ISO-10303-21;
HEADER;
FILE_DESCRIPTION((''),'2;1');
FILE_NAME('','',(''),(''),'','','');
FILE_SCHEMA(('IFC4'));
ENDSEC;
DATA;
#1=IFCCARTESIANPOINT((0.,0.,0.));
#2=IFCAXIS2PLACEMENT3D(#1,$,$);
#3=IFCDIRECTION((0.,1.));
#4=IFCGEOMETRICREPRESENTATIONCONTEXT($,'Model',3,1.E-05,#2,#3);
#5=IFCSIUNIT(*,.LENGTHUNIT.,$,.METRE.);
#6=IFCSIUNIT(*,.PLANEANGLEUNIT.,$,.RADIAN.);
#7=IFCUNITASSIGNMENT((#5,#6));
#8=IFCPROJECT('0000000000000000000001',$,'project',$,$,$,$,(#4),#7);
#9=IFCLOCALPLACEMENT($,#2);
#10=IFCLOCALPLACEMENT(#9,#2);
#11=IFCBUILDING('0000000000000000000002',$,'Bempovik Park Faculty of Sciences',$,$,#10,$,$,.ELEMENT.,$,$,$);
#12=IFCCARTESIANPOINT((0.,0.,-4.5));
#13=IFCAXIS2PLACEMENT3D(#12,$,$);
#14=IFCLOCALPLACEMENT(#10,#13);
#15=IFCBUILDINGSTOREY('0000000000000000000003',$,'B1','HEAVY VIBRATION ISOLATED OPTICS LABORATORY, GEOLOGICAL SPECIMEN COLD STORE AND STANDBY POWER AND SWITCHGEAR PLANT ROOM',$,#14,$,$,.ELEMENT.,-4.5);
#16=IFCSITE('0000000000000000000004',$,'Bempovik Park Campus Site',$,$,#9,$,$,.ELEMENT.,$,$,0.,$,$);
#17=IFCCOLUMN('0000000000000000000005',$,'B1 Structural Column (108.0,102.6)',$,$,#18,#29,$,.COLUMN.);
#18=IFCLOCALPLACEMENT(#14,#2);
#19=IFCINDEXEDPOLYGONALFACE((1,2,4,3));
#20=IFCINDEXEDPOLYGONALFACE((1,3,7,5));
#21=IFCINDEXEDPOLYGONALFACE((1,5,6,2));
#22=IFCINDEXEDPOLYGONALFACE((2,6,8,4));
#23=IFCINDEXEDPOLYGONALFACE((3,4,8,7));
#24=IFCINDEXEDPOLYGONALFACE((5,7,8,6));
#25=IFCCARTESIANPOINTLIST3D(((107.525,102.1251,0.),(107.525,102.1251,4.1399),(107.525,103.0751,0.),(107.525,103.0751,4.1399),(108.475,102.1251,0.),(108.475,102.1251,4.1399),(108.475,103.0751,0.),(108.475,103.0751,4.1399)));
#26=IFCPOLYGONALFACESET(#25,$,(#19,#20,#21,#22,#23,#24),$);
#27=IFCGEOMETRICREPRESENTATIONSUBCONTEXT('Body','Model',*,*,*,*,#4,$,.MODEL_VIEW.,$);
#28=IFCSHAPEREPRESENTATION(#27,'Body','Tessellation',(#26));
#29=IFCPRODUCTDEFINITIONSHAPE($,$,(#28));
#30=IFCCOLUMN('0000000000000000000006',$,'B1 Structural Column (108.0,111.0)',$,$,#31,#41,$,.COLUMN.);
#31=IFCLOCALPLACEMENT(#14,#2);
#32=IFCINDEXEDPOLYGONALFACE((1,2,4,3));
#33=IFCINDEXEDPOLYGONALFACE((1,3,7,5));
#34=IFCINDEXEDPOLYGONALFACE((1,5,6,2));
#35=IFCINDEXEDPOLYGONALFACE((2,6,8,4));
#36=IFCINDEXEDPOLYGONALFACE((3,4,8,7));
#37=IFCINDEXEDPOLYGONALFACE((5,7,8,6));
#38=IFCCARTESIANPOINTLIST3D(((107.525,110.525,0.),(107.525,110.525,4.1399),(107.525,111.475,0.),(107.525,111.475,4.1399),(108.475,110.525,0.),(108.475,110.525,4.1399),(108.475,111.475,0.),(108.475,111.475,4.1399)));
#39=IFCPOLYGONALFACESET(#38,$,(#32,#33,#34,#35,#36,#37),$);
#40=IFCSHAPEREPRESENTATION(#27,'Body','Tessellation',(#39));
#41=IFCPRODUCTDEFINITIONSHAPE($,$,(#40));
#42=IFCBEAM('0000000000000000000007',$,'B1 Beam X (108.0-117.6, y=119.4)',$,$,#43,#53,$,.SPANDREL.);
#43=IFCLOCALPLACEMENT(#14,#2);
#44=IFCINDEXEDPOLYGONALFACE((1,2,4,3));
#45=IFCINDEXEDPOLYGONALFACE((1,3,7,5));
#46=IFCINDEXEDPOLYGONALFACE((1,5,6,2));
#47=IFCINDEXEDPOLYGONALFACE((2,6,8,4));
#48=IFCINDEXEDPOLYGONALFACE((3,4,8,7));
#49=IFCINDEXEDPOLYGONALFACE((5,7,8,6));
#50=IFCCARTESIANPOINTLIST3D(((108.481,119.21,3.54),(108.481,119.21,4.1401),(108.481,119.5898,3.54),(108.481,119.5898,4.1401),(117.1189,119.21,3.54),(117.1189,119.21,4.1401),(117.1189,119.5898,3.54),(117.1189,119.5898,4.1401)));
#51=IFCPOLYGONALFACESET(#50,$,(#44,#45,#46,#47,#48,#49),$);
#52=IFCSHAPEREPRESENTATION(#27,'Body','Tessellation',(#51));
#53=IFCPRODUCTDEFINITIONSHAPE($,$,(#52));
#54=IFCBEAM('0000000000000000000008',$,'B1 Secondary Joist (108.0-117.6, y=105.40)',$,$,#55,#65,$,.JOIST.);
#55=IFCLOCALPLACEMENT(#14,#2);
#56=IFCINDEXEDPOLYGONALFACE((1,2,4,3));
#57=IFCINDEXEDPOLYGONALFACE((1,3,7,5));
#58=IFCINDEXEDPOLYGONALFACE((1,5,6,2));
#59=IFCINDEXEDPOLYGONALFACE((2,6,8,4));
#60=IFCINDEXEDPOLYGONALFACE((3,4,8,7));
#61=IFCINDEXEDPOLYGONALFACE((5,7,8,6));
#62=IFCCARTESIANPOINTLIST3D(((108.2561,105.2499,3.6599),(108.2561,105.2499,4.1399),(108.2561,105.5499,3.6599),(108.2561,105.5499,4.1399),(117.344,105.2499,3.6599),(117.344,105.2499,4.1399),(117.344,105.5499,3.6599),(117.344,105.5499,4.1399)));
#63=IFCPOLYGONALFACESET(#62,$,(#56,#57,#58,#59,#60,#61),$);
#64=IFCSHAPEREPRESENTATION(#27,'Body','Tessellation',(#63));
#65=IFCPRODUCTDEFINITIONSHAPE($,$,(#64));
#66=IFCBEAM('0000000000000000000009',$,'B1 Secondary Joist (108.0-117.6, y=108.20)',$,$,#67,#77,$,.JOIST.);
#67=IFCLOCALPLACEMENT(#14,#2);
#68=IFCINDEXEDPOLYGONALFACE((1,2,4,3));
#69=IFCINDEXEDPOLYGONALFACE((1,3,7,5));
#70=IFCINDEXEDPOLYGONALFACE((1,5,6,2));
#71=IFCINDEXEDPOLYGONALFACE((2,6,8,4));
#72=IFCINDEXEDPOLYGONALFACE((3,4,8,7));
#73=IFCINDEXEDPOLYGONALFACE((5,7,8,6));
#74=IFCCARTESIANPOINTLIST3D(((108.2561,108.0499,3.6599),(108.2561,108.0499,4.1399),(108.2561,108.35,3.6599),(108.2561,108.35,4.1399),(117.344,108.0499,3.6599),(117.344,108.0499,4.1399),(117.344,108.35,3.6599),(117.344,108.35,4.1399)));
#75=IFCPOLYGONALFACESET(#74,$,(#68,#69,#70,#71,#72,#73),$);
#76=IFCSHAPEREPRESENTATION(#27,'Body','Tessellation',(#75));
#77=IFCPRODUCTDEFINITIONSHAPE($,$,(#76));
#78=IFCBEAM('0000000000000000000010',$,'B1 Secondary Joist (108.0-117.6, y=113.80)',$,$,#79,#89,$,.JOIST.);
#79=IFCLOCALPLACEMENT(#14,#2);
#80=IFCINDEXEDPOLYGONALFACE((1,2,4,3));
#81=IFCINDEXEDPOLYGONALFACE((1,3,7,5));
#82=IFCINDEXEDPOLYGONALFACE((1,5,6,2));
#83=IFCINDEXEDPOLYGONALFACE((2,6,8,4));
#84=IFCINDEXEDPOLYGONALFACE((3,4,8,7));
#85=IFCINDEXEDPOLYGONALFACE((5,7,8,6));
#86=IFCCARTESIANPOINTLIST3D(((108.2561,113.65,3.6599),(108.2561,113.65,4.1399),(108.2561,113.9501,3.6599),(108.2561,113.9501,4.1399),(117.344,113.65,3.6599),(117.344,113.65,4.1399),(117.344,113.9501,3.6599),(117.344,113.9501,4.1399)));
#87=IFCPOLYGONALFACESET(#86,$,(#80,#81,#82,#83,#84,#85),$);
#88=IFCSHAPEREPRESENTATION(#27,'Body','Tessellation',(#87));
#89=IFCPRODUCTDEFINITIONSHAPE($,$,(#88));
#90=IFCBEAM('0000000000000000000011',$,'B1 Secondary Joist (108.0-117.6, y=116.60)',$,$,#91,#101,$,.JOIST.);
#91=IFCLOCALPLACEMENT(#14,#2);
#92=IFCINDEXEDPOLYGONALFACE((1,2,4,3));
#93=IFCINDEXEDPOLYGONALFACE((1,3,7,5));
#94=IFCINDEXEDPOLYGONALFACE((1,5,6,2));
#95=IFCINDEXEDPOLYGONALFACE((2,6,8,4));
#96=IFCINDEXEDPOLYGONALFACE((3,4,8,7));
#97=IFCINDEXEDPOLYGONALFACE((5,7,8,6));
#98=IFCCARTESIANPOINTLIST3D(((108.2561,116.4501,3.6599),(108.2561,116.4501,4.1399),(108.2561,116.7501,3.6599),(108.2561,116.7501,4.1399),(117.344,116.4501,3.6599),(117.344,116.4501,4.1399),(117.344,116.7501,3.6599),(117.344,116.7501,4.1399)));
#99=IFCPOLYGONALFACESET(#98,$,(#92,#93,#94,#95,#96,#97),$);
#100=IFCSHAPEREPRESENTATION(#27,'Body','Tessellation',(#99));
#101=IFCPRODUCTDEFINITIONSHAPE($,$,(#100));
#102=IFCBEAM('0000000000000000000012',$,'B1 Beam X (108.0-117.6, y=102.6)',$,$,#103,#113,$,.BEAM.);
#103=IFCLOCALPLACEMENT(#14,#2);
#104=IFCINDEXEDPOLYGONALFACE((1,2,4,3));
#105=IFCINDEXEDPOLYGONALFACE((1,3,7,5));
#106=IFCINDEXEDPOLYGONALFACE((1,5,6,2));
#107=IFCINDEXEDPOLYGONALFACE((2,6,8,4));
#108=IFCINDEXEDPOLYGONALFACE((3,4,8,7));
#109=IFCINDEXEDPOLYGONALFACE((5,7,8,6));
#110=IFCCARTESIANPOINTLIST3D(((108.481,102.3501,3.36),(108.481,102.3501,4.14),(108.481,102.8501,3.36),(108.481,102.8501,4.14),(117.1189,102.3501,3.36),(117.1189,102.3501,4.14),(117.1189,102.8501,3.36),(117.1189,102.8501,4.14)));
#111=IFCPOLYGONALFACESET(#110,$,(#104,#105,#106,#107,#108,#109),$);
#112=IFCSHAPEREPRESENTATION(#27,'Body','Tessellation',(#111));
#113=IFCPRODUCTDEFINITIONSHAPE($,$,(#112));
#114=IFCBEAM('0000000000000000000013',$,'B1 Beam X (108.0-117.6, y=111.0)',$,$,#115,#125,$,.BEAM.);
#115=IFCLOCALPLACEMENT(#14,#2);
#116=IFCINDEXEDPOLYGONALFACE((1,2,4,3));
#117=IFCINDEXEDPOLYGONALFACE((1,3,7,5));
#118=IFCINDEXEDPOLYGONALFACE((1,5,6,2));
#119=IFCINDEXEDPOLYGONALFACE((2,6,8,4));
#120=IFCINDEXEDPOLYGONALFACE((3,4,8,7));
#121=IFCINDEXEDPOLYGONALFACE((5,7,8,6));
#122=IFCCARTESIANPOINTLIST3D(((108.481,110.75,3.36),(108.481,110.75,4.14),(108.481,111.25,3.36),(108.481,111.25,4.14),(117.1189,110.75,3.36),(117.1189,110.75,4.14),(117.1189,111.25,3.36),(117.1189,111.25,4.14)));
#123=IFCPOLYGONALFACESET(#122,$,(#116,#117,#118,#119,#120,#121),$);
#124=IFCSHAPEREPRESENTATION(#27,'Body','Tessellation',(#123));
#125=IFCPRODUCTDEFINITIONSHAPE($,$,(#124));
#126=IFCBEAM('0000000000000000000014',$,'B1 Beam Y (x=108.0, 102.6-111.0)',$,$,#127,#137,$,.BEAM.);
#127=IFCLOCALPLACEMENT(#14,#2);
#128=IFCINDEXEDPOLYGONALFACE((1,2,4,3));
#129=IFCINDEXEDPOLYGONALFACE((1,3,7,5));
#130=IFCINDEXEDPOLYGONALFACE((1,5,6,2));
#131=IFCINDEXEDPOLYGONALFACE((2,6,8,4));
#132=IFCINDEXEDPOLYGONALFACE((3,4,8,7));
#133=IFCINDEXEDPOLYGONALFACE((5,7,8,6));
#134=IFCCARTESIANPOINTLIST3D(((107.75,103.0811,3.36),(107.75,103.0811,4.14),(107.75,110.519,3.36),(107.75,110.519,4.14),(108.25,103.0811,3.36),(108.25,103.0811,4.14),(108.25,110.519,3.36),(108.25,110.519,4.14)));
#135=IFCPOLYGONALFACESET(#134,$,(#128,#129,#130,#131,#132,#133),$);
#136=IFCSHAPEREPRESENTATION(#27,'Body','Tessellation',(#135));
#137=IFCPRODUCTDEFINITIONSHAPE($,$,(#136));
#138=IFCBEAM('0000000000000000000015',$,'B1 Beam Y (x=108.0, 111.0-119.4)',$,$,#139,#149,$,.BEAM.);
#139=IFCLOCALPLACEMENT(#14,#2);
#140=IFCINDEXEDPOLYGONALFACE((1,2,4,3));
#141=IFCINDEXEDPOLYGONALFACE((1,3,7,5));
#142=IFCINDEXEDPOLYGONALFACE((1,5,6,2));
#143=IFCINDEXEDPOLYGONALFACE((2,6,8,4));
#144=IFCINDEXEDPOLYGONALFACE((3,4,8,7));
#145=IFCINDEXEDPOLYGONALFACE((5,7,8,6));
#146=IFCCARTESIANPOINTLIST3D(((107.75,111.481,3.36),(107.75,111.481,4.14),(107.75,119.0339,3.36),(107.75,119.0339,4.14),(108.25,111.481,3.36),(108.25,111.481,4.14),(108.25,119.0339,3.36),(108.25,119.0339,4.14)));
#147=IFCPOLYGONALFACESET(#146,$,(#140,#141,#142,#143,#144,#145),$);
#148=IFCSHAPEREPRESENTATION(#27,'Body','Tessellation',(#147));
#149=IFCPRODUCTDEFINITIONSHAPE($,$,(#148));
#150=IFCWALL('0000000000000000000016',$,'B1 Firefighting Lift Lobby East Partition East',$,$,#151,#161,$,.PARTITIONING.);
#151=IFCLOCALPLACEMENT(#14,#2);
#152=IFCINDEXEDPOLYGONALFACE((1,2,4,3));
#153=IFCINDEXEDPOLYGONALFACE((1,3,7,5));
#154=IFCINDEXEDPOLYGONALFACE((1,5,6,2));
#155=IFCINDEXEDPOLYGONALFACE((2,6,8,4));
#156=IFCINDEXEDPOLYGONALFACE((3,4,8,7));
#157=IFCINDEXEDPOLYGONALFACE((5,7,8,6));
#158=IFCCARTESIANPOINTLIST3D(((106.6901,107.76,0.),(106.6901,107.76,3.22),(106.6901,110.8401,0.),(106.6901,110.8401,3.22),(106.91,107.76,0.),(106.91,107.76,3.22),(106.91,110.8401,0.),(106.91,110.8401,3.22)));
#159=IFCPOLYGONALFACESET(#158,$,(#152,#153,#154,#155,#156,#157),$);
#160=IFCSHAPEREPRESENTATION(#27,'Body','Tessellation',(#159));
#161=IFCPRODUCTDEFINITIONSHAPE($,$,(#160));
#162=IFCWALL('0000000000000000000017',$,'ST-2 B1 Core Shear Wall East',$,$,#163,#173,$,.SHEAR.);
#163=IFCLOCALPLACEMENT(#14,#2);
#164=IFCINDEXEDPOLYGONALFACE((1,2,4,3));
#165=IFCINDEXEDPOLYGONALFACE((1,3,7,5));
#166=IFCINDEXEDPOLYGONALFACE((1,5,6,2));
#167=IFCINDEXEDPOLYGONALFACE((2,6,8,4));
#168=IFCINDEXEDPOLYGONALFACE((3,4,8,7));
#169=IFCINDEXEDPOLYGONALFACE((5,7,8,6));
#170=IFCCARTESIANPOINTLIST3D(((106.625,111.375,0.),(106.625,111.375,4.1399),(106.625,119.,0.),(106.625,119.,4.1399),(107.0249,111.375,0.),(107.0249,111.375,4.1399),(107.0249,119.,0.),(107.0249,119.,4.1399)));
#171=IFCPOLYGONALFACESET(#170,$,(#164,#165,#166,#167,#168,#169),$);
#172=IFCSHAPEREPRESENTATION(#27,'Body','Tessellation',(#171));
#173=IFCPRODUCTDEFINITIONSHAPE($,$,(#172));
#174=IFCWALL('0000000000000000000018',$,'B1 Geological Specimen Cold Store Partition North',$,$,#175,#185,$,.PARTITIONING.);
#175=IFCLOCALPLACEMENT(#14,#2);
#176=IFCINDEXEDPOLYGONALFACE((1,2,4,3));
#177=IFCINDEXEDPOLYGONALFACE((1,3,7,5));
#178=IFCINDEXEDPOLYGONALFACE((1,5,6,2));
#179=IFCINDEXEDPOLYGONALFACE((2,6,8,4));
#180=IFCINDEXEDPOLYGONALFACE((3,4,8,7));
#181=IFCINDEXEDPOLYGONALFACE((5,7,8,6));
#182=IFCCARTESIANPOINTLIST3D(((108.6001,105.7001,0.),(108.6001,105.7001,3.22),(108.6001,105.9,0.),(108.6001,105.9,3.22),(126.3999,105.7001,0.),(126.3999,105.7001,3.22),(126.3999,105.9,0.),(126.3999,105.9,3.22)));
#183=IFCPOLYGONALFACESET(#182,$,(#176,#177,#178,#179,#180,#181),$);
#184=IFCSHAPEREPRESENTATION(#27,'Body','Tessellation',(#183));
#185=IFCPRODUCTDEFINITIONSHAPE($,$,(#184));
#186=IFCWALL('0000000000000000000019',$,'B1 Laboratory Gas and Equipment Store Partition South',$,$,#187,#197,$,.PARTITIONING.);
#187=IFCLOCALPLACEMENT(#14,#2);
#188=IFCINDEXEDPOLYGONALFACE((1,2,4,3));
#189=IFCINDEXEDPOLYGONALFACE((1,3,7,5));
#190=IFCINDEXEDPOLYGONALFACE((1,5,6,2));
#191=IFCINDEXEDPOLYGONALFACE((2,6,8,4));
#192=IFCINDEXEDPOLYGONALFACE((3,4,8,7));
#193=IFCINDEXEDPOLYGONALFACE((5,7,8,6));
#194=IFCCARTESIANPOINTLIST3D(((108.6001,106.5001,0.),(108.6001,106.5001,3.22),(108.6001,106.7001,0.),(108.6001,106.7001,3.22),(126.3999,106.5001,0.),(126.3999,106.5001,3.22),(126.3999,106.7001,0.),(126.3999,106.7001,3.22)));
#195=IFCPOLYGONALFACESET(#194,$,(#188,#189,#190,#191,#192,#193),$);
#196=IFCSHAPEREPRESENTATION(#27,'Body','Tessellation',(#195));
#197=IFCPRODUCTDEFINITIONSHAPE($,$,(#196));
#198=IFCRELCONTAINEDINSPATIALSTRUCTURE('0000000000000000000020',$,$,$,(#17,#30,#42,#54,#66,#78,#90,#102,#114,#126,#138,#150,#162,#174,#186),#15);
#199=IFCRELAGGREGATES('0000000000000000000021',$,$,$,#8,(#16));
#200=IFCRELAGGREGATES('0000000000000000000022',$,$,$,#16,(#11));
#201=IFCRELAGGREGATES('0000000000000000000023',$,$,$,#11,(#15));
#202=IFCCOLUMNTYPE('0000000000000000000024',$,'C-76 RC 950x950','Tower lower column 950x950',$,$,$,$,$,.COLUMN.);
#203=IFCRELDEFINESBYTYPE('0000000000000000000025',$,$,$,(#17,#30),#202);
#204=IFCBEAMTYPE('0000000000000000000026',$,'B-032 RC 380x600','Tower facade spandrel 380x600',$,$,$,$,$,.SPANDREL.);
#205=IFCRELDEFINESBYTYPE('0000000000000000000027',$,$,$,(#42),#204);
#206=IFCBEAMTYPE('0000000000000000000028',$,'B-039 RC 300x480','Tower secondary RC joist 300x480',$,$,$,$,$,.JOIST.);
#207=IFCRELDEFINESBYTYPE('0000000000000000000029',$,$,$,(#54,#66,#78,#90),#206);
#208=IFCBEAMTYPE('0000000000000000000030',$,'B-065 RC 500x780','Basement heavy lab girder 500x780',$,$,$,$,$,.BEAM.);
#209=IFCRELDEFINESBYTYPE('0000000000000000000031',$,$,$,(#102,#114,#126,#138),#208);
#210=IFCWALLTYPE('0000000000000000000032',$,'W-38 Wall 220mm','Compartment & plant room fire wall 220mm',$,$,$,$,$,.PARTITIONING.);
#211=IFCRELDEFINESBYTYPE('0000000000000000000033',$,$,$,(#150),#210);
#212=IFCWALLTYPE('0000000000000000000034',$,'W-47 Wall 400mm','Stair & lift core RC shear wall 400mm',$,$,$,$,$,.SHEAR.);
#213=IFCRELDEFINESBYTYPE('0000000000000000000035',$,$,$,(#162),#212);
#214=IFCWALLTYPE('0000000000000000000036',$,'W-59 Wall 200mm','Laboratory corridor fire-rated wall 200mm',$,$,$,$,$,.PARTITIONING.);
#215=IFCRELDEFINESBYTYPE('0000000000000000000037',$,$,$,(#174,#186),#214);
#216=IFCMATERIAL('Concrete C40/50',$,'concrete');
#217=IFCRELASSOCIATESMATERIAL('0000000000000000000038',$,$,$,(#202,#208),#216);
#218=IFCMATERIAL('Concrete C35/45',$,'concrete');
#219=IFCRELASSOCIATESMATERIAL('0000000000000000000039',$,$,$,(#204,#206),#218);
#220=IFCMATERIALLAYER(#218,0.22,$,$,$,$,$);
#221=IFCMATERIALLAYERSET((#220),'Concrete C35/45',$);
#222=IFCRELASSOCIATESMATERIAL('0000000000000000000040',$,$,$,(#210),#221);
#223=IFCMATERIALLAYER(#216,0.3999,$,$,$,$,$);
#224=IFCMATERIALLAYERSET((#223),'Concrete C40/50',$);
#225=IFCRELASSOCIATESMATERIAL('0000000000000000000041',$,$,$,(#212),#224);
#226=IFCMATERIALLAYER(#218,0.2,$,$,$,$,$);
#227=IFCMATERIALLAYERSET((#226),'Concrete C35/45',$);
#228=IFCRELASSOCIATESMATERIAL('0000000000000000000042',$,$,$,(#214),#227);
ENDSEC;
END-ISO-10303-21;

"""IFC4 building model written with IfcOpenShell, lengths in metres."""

from ifc_helpers import new_model, si_unit, direction, frame, frame_2d, origin, origin_2d, place, context, subcontext, project, spatial, rectangle, extrude, material, layer, layer_set, material_profile, profile_set, type_object, element, save


model = new_model("IFC4")

# Units and contexts
model_context = context("Model", 3, precision=1e-05, world=origin(), true_north=direction((0.0, 1.0)))
body_context = subcontext(model_context, "Body", "Model", "MODEL_VIEW")
ifc_project = project(units=[si_unit("LENGTHUNIT", "METRE"), si_unit("PLANEANGLEUNIT", "RADIAN")], contexts=[model_context])

# Site, building, storey
site_placement = place(None, origin())
site = spatial("IfcSite", under=ifc_project, at=site_placement, Name="Bempovik Park Campus Site", CompositionType="ELEMENT", RefElevation=0.0)
building_placement = place(site_placement, origin())
building = spatial("IfcBuilding", under=site, at=building_placement, Name="Bempovik Park Faculty of Sciences", CompositionType="ELEMENT")
storey_placement = place(building_placement, frame((0.0, 0.0, -4.5)))
storey = spatial("IfcBuildingStorey", under=building, at=storey_placement, Name="B1", Description="HEAVY VIBRATION ISOLATED OPTICS LABORATORY, GEOLOGICAL SPECIMEN COLD STORE AND STANDBY POWER AND SWITCHGEAR PLANT ROOM", CompositionType="ELEMENT", Elevation=-4.5)

# Shared definitions
ifc_material_1 = material(Name="Concrete C35/45", Category="concrete")

# Columns
ifc_material_2 = material(Name="Concrete C40/50", Category="concrete")
ifc_material_profile_1 = material_profile(ifc_material_2, rectangle(XDim=0.95, YDim=0.95, at=origin_2d()), Name="RC 950x950")
ifc_profile_set_1 = profile_set([ifc_material_profile_1], Name="Concrete C40/50")
column_type_1 = type_object("IfcColumnType", Name="C-76 RC 950x950", Description="Tower lower column 950x950", PredefinedType="COLUMN", material=ifc_profile_set_1)
for number, where, z_axis, x_axis, name in (
    (1, (108.0, 102.6001, 0.0), (0.0, 0.0, 1.0), (1.0, 0.0, 0.0), "B1 Structural Column (108.0,102.6)"),
    (2, (108.0, 111.0, 0.0), (0.0, 0.0, 1.0), (1.0, 0.0, 0.0), "B1 Structural Column (108.0,111.0)"),
):
    element("IfcColumn", number, at=place(storey_placement, frame(where, z_axis=z_axis, x_axis=x_axis)), inside=storey, type_object=column_type_1, Name=name, PredefinedType="COLUMN", context=body_context, shape_type="SweptSolid", body=[
        extrude(rectangle(XDim=0.95, YDim=0.95, at=origin_2d()), origin(), (0.0, 0.0, 1.0), 4.1399),
    ])

# Beams
ifc_material_profile_2 = material_profile(ifc_material_1, rectangle(XDim=0.3799, YDim=0.6001, at=origin_2d()), Name="RC 380x600")
ifc_profile_set_2 = profile_set([ifc_material_profile_2], Name="Concrete C35/45")
beam_type_1 = type_object("IfcBeamType", Name="B-032 RC 380x600", Description="Tower facade spandrel 380x600", PredefinedType="SPANDREL", material=ifc_profile_set_2)
beam_1_placement = place(storey_placement, frame((108.481, 119.3999, 3.8401), z_axis=(1.0, 0.0, 0.0), x_axis=(0.0, 1.0, 0.0)))
element("IfcBeam", 3, at=beam_1_placement, inside=storey, type_object=beam_type_1, Name="B1 Beam X (108.0-117.6, y=119.4)", PredefinedType="SPANDREL", context=body_context, shape_type="SweptSolid", body=[
    extrude(rectangle(XDim=0.3799, YDim=0.6001, at=origin_2d()), origin(), (0.0, 0.0, 1.0), 8.6379),
])
ifc_material_profile_3 = material_profile(ifc_material_1, rectangle(XDim=0.3, YDim=0.48, at=origin_2d()), Name="RC 300x480")
ifc_profile_set_3 = profile_set([ifc_material_profile_3], Name="Concrete C35/45")
beam_type_2 = type_object("IfcBeamType", Name="B-039 RC 300x480", Description="Tower secondary RC joist 300x480", PredefinedType="JOIST", material=ifc_profile_set_3)
for number, where, z_axis, x_axis, name in (
    (4, (108.2561, 105.3999, 3.8999), (1.0, 0.0, 0.0), (0.0, 1.0, 0.0), "B1 Secondary Joist (108.0-117.6, y=105.40)"),
    (5, (108.2561, 108.2, 3.8999), (1.0, 0.0, 0.0), (0.0, 1.0, 0.0), "B1 Secondary Joist (108.0-117.6, y=108.20)"),
    (6, (108.2561, 113.8, 3.8999), (1.0, 0.0, 0.0), (0.0, 1.0, 0.0), "B1 Secondary Joist (108.0-117.6, y=113.80)"),
    (7, (108.2561, 116.6001, 3.8999), (1.0, 0.0, 0.0), (0.0, 1.0, 0.0), "B1 Secondary Joist (108.0-117.6, y=116.60)"),
):
    element("IfcBeam", number, at=place(storey_placement, frame(where, z_axis=z_axis, x_axis=x_axis)), inside=storey, type_object=beam_type_2, Name=name, PredefinedType="JOIST", context=body_context, shape_type="SweptSolid", body=[
        extrude(rectangle(XDim=0.3, YDim=0.48, at=origin_2d()), origin(), (0.0, 0.0, 1.0), 9.0879),
    ])
ifc_material_profile_4 = material_profile(ifc_material_2, rectangle(XDim=0.5, YDim=0.78, at=origin_2d()), Name="RC 500x780")
ifc_profile_set_4 = profile_set([ifc_material_profile_4], Name="Concrete C40/50")
beam_type_3 = type_object("IfcBeamType", Name="B-065 RC 500x780", Description="Basement heavy lab girder 500x780", PredefinedType="BEAM", material=ifc_profile_set_4)
for number, where, z_axis, x_axis, name in (
    (8, (108.481, 102.6001, 3.75), (1.0, 0.0, 0.0), (0.0, 1.0, 0.0), "B1 Beam X (108.0-117.6, y=102.6)"),
    (9, (108.481, 111.0, 3.75), (1.0, 0.0, 0.0), (0.0, 1.0, 0.0), "B1 Beam X (108.0-117.6, y=111.0)"),
):
    element("IfcBeam", number, at=place(storey_placement, frame(where, z_axis=z_axis, x_axis=x_axis)), inside=storey, type_object=beam_type_3, Name=name, PredefinedType="BEAM", context=body_context, shape_type="SweptSolid", body=[
        extrude(rectangle(XDim=0.5, YDim=0.78, at=origin_2d()), origin(), (0.0, 0.0, 1.0), 8.6379),
    ])
beam_2_placement = place(storey_placement, frame((108.0, 103.0811, 3.75), z_axis=(0.0, 1.0, 0.0), x_axis=(-1.0, 0.0, 0.0)))
element("IfcBeam", 10, at=beam_2_placement, inside=storey, type_object=beam_type_3, Name="B1 Beam Y (x=108.0, 102.6-111.0)", PredefinedType="BEAM", context=body_context, shape_type="SweptSolid", body=[
    extrude(rectangle(XDim=0.5, YDim=0.78, at=origin_2d()), origin(), (0.0, 0.0, 1.0), 7.438),
])
beam_3_placement = place(storey_placement, frame((108.0, 111.481, 3.75), z_axis=(0.0, 1.0, 0.0), x_axis=(-1.0, 0.0, 0.0)))
element("IfcBeam", 11, at=beam_3_placement, inside=storey, type_object=beam_type_3, Name="B1 Beam Y (x=108.0, 111.0-119.4)", PredefinedType="BEAM", context=body_context, shape_type="SweptSolid", body=[
    extrude(rectangle(XDim=0.5, YDim=0.78, at=origin_2d()), origin(), (0.0, 0.0, 1.0), 7.553),
])

# Walls
ifc_layer_1 = layer(ifc_material_1, 0.22)
ifc_layer_set_1 = layer_set([ifc_layer_1], Name="Concrete C35/45")
wall_type_1 = type_object("IfcWallType", Name="W-38 Wall 220mm", Description="Compartment & plant room fire wall 220mm", PredefinedType="PARTITIONING", material=ifc_layer_set_1)
wall_1_placement = place(storey_placement, frame((106.8, 107.76, 0.0), z_axis=(0.0, 0.0, 1.0), x_axis=(0.0, 1.0, 0.0)))
element("IfcWall", 12, at=wall_1_placement, inside=storey, type_object=wall_type_1, Name="B1 Firefighting Lift Lobby East Partition East", PredefinedType="PARTITIONING", context=body_context, shape_type="SweptSolid", body=[
    extrude(rectangle(XDim=3.0801, YDim=0.22, at=frame_2d((1.54, 0.0))), origin(), (0.0, 0.0, 1.0), 3.22),
])
ifc_layer_2 = layer(ifc_material_2, 0.3999)
ifc_layer_set_2 = layer_set([ifc_layer_2], Name="Concrete C40/50")
wall_type_2 = type_object("IfcWallType", Name="W-47 Wall 400mm", Description="Stair & lift core RC shear wall 400mm", PredefinedType="SHEAR", material=ifc_layer_set_2)
wall_2_placement = place(storey_placement, frame((106.825, 111.375, 0.0), z_axis=(0.0, 0.0, 1.0), x_axis=(0.0, 1.0, 0.0)))
element("IfcWall", 13, at=wall_2_placement, inside=storey, type_object=wall_type_2, Name="ST-2 B1 Core Shear Wall East", PredefinedType="SHEAR", context=body_context, shape_type="SweptSolid", body=[
    extrude(rectangle(XDim=7.625, YDim=0.3999, at=frame_2d((3.8125, 0.0))), origin(), (0.0, 0.0, 1.0), 4.1399),
])
ifc_layer_3 = layer(ifc_material_1, 0.2)
ifc_layer_set_3 = layer_set([ifc_layer_3], Name="Concrete C35/45")
wall_type_3 = type_object("IfcWallType", Name="W-59 Wall 200mm", Description="Laboratory corridor fire-rated wall 200mm", PredefinedType="PARTITIONING", material=ifc_layer_set_3)
for number, where, z_axis, x_axis, name in (
    (14, (108.6001, 105.8, 0.0), (0.0, 0.0, 1.0), (1.0, 0.0, 0.0), "B1 Geological Specimen Cold Store Partition North"),
    (15, (108.6001, 106.6001, 0.0), (0.0, 0.0, 1.0), (1.0, 0.0, 0.0), "B1 Laboratory Gas and Equipment Store Partition South"),
):
    element("IfcWall", number, at=place(storey_placement, frame(where, z_axis=z_axis, x_axis=x_axis)), inside=storey, type_object=wall_type_3, Name=name, PredefinedType="PARTITIONING", context=body_context, shape_type="SweptSolid", body=[
        extrude(rectangle(XDim=17.7998, YDim=0.2, at=frame_2d((8.8999, 0.0))), origin(), (0.0, 0.0, 1.0), 3.22),
    ])

save(model, "model.ifc")
